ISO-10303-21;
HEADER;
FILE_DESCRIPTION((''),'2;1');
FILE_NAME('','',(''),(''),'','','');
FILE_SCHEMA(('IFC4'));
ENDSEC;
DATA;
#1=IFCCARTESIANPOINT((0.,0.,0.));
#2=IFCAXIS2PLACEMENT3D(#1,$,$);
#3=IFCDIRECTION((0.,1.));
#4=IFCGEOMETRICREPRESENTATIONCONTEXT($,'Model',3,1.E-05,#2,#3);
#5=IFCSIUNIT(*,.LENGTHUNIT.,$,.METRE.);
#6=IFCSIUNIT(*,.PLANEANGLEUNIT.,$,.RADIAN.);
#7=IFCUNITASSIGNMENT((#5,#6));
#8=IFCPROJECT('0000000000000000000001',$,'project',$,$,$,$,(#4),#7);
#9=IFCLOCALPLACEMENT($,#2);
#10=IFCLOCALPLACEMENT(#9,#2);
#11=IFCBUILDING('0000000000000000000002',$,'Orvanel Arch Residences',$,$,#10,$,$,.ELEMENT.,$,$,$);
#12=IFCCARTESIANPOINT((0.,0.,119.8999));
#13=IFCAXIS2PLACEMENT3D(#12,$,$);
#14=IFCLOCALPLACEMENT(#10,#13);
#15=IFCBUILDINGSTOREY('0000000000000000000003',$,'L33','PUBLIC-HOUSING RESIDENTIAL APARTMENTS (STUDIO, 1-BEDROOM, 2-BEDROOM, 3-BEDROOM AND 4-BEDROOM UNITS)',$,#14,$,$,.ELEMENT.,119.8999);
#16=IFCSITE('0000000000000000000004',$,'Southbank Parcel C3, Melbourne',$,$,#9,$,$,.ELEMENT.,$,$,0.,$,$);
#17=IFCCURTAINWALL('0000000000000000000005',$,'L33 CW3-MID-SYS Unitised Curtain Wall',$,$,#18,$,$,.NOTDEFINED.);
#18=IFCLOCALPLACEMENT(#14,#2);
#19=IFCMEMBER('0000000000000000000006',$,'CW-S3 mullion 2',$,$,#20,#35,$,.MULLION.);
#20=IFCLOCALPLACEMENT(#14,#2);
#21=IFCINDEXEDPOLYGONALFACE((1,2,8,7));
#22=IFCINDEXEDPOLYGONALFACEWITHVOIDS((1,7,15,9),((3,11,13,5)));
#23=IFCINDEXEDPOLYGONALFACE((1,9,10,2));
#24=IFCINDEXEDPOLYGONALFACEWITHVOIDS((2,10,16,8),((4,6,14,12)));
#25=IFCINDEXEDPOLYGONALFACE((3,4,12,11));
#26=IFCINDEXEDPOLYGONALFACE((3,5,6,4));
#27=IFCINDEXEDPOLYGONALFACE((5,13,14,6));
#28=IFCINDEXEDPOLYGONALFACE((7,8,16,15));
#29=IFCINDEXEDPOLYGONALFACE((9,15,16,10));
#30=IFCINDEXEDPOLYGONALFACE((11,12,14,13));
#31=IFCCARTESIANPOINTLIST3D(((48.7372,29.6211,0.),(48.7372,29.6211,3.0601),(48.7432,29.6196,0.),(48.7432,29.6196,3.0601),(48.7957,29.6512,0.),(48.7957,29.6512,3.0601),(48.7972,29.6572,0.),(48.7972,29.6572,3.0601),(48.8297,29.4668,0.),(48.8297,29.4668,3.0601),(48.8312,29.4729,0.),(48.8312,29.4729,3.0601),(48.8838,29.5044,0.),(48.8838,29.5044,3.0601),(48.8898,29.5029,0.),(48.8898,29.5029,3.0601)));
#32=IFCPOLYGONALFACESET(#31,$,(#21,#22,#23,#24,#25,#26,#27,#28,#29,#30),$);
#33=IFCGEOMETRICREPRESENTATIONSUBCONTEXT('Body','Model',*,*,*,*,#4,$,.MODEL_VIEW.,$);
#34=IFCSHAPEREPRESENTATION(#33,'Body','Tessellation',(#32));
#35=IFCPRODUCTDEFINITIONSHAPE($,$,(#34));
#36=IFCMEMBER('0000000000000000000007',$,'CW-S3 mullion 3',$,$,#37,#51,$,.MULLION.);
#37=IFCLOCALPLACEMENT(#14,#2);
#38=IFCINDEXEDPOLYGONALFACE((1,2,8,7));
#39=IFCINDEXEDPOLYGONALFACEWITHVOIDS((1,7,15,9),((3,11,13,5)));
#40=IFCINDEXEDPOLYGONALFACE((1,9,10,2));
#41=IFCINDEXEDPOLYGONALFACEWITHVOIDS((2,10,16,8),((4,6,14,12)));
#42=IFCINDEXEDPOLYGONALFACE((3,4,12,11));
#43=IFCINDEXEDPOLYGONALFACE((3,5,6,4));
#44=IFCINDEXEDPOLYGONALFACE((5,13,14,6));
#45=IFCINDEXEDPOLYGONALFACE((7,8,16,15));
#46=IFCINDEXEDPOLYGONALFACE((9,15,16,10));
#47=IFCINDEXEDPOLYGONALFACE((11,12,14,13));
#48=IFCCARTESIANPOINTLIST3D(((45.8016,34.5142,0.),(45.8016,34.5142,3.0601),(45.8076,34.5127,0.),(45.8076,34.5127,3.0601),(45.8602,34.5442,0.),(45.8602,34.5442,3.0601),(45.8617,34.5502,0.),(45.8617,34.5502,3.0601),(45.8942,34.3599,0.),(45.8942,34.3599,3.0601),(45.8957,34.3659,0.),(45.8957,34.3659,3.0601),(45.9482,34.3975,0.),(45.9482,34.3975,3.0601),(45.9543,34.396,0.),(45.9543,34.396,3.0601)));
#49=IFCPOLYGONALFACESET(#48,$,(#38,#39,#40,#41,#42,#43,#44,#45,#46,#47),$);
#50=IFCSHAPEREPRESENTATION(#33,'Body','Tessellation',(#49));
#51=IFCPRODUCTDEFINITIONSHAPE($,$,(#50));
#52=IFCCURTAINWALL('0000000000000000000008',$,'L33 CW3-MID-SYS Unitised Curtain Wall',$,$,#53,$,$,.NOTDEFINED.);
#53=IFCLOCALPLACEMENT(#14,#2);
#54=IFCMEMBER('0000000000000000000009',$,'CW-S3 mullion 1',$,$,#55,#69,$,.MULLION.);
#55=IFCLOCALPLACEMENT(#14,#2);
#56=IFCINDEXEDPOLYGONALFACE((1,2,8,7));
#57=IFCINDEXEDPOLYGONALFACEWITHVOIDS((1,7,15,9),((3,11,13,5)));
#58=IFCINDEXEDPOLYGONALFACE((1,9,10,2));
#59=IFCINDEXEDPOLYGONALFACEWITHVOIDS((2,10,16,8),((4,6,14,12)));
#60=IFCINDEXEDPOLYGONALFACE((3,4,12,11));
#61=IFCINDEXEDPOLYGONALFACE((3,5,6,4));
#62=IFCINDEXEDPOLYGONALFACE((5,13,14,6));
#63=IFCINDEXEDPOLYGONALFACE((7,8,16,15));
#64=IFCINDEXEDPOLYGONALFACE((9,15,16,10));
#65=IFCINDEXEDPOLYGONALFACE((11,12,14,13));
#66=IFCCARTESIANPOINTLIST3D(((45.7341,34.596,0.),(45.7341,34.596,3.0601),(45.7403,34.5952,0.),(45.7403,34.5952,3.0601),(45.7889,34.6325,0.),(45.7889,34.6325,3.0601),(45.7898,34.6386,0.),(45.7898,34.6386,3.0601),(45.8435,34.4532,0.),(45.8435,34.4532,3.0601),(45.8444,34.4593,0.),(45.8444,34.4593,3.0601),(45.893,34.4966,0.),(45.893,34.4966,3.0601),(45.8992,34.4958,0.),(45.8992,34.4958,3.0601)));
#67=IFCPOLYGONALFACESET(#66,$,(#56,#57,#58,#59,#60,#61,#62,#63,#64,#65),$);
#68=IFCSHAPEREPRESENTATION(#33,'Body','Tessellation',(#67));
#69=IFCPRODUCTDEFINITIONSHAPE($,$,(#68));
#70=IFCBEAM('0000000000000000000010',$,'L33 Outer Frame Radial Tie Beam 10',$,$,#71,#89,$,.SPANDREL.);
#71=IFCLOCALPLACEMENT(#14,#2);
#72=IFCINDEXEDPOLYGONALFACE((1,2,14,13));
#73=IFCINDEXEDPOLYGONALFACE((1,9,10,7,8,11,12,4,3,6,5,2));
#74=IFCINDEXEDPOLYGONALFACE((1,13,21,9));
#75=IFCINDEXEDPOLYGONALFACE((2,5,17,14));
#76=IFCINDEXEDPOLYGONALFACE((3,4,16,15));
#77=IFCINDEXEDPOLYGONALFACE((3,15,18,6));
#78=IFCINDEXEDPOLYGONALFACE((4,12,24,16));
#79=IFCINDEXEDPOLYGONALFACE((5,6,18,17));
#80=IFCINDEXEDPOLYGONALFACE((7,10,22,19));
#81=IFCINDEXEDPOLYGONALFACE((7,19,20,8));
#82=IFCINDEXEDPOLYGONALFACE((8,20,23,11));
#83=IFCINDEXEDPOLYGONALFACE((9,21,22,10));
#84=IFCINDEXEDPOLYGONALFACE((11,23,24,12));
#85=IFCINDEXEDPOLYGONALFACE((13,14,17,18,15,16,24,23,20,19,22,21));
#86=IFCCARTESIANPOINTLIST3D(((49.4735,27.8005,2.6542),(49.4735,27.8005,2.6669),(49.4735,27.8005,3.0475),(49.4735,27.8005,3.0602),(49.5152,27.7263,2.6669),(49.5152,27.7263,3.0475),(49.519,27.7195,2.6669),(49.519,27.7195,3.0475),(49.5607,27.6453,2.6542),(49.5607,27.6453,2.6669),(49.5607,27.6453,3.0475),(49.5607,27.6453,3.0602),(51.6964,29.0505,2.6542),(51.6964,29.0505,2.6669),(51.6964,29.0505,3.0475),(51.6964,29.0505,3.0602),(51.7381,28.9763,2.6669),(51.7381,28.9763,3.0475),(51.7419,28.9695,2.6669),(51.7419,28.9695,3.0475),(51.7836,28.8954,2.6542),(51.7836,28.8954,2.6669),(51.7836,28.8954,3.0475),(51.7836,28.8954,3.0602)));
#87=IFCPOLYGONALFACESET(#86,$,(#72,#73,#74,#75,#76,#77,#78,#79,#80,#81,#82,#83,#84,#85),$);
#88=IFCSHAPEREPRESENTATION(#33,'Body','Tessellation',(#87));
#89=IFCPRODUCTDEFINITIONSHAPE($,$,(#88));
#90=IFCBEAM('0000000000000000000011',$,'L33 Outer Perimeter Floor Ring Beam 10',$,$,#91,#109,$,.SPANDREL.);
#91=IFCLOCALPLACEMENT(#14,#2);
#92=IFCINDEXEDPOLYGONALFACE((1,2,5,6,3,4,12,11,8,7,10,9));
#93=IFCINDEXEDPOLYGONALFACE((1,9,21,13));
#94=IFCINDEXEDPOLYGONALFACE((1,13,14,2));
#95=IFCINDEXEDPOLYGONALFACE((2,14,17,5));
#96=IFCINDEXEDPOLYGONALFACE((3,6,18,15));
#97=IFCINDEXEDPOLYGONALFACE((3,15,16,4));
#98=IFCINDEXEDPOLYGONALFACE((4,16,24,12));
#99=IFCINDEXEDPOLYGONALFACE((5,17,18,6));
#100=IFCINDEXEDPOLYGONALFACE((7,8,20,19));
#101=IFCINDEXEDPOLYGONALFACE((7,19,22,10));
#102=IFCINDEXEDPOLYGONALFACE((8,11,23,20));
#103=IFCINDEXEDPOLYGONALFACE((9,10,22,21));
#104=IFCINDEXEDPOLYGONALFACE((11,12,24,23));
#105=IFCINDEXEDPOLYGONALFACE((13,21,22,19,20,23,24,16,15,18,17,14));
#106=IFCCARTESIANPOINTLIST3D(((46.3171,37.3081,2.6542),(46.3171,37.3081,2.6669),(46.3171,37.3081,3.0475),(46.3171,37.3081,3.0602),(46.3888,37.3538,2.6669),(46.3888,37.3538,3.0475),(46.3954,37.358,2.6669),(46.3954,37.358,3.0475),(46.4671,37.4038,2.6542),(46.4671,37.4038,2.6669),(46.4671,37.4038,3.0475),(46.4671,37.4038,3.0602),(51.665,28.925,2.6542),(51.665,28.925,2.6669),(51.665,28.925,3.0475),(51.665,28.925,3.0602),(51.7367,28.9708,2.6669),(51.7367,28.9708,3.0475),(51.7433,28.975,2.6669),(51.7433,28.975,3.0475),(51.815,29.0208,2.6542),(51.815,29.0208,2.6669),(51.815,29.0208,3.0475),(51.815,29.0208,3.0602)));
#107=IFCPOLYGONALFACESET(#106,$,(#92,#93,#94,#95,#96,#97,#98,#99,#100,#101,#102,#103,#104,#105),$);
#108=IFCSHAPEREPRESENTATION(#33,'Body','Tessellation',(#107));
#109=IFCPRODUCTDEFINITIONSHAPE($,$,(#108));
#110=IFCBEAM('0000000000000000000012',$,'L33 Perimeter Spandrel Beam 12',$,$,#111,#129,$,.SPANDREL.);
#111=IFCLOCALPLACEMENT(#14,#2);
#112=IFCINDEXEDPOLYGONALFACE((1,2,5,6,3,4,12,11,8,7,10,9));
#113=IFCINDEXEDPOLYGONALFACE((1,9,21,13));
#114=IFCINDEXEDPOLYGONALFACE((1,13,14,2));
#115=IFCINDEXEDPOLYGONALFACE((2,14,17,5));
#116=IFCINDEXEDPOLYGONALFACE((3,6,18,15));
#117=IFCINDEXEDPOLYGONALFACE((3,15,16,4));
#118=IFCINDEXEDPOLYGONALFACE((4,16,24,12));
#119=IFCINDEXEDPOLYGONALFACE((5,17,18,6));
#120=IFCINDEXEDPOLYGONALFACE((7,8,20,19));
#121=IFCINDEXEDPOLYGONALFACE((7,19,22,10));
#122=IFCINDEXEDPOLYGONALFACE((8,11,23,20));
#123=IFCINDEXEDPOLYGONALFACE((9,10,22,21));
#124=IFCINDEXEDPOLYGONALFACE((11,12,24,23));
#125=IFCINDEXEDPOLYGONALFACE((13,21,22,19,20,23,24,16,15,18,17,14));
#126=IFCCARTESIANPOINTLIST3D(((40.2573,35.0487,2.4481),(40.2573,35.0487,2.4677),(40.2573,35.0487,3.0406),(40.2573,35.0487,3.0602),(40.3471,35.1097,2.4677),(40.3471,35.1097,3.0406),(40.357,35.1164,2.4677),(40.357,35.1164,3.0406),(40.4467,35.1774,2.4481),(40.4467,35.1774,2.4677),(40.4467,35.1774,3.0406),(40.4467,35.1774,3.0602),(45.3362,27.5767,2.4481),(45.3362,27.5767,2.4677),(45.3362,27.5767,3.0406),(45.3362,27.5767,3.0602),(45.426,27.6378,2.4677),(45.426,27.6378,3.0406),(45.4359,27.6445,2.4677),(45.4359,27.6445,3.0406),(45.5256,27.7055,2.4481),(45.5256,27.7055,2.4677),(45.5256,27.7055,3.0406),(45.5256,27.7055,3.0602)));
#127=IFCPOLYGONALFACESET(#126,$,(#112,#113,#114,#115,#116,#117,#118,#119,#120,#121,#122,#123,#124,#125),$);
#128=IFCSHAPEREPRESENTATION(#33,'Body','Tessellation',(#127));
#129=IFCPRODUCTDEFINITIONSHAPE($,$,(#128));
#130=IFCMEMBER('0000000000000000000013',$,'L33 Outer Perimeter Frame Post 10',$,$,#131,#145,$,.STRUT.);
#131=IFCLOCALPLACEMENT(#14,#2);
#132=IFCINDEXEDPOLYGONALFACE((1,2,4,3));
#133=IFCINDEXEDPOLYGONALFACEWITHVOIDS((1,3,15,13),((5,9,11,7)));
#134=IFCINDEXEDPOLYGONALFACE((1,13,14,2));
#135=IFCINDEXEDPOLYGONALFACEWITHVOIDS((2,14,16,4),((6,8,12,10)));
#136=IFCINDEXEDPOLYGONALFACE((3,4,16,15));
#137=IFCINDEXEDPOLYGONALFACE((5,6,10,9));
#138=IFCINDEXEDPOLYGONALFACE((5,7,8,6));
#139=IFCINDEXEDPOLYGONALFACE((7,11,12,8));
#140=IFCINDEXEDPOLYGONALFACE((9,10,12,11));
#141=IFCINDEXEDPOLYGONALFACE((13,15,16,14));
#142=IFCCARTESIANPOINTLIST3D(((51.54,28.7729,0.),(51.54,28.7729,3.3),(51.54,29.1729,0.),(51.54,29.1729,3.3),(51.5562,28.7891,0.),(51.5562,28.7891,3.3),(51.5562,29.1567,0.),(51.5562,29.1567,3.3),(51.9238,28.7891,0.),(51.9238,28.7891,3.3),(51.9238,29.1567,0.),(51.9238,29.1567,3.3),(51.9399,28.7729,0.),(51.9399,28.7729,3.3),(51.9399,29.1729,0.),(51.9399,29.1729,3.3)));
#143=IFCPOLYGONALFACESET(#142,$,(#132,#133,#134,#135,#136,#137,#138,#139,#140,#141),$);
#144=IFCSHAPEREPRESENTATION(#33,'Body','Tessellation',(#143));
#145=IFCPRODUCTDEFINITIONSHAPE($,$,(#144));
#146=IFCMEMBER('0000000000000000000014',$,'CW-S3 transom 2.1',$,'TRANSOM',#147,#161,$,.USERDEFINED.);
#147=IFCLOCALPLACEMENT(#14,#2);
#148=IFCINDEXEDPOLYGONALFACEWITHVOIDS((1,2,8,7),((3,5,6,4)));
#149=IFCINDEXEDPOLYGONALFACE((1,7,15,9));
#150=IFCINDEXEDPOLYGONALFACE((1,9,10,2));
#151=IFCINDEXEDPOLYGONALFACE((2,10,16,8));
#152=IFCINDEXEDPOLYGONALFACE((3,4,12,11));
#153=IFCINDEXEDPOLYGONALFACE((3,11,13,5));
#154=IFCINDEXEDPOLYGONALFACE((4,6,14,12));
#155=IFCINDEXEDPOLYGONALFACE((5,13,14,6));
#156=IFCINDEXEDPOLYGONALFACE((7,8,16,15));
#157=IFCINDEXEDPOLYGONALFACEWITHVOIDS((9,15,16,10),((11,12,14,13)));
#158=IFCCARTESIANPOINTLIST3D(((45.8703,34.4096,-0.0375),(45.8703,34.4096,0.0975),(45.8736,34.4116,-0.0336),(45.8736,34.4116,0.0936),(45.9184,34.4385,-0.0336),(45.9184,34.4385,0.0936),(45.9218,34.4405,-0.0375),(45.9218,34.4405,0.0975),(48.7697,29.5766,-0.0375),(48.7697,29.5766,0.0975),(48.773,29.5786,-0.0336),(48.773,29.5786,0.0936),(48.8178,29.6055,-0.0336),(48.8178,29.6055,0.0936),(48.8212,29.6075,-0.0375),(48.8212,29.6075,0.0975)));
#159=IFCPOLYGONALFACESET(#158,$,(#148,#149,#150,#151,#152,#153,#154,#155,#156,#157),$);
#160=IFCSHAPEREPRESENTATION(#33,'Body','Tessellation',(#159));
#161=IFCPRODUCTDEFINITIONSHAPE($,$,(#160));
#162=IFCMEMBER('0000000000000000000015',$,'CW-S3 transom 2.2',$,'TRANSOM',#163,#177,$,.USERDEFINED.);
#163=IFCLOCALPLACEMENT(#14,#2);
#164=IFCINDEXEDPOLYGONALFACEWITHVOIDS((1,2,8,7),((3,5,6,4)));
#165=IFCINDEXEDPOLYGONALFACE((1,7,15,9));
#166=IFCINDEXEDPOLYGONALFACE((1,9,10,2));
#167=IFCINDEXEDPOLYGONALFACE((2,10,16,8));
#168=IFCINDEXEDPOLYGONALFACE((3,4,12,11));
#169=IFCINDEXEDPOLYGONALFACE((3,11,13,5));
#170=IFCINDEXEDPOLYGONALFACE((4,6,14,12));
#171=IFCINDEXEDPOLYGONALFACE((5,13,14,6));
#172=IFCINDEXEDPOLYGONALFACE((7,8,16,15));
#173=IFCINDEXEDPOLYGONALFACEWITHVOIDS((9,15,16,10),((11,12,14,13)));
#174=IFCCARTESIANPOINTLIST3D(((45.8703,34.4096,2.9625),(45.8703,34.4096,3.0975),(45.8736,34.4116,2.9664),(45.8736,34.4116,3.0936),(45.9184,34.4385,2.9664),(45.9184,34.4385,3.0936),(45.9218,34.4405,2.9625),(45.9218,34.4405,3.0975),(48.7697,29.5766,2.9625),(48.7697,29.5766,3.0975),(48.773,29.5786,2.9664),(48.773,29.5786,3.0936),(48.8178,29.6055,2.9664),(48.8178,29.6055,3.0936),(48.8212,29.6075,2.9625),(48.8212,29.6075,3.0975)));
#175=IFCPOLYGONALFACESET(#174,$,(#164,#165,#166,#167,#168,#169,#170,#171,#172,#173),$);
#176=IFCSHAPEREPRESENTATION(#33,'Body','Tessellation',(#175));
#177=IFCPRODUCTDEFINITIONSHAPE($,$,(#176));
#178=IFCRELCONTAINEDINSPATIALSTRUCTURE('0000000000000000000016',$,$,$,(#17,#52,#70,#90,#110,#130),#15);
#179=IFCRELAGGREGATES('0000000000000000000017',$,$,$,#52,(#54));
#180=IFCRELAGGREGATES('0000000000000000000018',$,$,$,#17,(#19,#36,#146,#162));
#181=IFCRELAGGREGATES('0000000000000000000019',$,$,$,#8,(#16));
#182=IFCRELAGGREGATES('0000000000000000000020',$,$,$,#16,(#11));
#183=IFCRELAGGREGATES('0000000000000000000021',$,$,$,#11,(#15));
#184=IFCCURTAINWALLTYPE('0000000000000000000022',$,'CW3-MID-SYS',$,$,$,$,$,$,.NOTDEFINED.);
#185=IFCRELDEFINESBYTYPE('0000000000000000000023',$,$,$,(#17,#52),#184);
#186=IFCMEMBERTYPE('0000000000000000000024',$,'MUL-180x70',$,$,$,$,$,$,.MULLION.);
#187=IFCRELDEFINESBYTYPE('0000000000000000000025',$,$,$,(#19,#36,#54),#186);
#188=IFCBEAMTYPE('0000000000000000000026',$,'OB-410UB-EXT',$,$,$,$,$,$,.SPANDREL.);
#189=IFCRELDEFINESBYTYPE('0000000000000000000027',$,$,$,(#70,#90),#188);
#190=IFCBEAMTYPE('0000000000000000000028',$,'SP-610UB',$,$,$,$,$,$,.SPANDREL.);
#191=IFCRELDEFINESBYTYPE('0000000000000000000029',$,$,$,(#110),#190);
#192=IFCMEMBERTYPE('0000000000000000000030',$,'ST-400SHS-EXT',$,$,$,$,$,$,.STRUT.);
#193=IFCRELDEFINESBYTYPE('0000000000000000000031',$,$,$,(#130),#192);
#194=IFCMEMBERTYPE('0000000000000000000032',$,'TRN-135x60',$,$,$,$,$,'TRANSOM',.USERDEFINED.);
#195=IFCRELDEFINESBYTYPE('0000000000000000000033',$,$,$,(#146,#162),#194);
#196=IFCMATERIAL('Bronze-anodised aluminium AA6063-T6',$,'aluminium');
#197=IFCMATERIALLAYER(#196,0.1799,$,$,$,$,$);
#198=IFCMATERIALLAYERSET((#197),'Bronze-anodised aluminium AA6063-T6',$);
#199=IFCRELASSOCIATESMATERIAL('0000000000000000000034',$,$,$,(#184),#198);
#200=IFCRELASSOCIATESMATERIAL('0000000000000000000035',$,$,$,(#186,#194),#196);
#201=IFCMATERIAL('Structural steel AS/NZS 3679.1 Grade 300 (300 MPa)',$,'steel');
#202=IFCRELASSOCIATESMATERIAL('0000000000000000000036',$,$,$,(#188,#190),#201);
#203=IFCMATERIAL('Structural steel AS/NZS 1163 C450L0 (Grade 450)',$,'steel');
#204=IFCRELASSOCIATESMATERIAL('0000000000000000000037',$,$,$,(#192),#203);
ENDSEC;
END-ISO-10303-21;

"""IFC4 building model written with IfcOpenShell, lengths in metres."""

from ifc_helpers import new_model, si_unit, direction, frame, origin, origin_2d, place, context, subcontext, project, spatial, hollow_rectangle, i_section, extrude, material, layer, layer_set, material_profile, profile_set, type_object, element, aggregate, save


model = new_model("IFC4")

# Units and contexts
model_context = context("Model", 3, precision=1e-05, world=origin(), true_north=direction((0.0, 1.0)))
body_context = subcontext(model_context, "Body", "Model", "MODEL_VIEW")
ifc_project = project(units=[si_unit("LENGTHUNIT", "METRE"), si_unit("PLANEANGLEUNIT", "RADIAN")], contexts=[model_context])

# Site, building, storey
site_placement = place(None, origin())
site = spatial("IfcSite", under=ifc_project, at=site_placement, Name="Southbank Parcel C3, Melbourne", CompositionType="ELEMENT", RefElevation=0.0)
building_placement = place(site_placement, origin())
building = spatial("IfcBuilding", under=site, at=building_placement, Name="Orvanel Arch Residences", CompositionType="ELEMENT")
storey_placement = place(building_placement, frame((0.0, 0.0, 119.8999)))
storey = spatial("IfcBuildingStorey", under=building, at=storey_placement, Name="L33", Description="PUBLIC-HOUSING RESIDENTIAL APARTMENTS (STUDIO, 1-BEDROOM, 2-BEDROOM, 3-BEDROOM AND 4-BEDROOM UNITS)", CompositionType="ELEMENT", Elevation=119.8999)

# Shared definitions
ifc_material_1 = material(Name="Structural steel AS/NZS 1163 C450L0 (Grade 450)", Category="steel")

# Shared definitions
ifc_material_2 = material(Name="Structural steel AS/NZS 3679.1 Grade 300 (300 MPa)", Category="steel")

# Curtain wall, members
ifc_material_3 = material(Name="Bronze-anodised aluminium AA6063-T6", Category="aluminium")
ifc_layer_1 = layer(ifc_material_3, 0.1799)
ifc_layer_set_1 = layer_set([ifc_layer_1], Name="Bronze-anodised aluminium AA6063-T6")
curtain_wall_type = type_object("IfcCurtainWallType", Name="CW3-MID-SYS", PredefinedType="NOTDEFINED", material=ifc_layer_set_1)
curtain_wall_1_placement = place(storey_placement, origin())
curtain_wall_1 = element("IfcCurtainWall", 1, at=curtain_wall_1_placement, inside=storey, type_object=curtain_wall_type, Name="L33 CW3-MID-SYS Unitised Curtain Wall", PredefinedType="NOTDEFINED")
ifc_material_profile_1 = material_profile(ifc_material_3, hollow_rectangle(XDim=0.0701, YDim=0.1799, WallThickness=0.0044, at=origin_2d()), Name="ALU180x70x4.5")
ifc_profile_set_1 = profile_set([ifc_material_profile_1], Name="Bronze-anodised aluminium AA6063-T6")
member_type_1 = type_object("IfcMemberType", Name="MUL-180x70", PredefinedType="MULLION", material=ifc_profile_set_1)
member_1_placement = place(storey_placement, frame((48.8135, 29.562, 0.0), z_axis=(0.0, 0.0, 1.0), x_axis=(-0.857516, -0.514457, 0.0)))
member_1 = element("IfcMember", 2, at=member_1_placement, type_object=member_type_1, Name="CW-S3 mullion 2", PredefinedType="MULLION", context=body_context, shape_type="SweptSolid", body=[
    extrude(hollow_rectangle(XDim=0.0701, YDim=0.1799, WallThickness=0.0044, at=origin_2d()), origin(), (0.0, 0.0, 1.0), 3.0601),
])
member_2_placement = place(storey_placement, frame((45.8779, 34.4551, 0.0), z_axis=(0.0, 0.0, 1.0), x_axis=(-0.857516, -0.514457, 0.0)))
member_2 = element("IfcMember", 3, at=member_2_placement, type_object=member_type_1, Name="CW-S3 mullion 3", PredefinedType="MULLION", context=body_context, shape_type="SweptSolid", body=[
    extrude(hollow_rectangle(XDim=0.0701, YDim=0.1799, WallThickness=0.0044, at=origin_2d()), origin(), (0.0, 0.0, 1.0), 3.0601),
])

# Curtain wall, member
curtain_wall_2_placement = place(storey_placement, origin())
curtain_wall_2 = element("IfcCurtainWall", 4, at=curtain_wall_2_placement, inside=storey, type_object=curtain_wall_type, Name="L33 CW3-MID-SYS Unitised Curtain Wall", PredefinedType="NOTDEFINED")
member_3_placement = place(storey_placement, frame((45.8167, 34.5459, 0.0), z_axis=(0.0, 0.0, 1.0), x_axis=(-0.793867, -0.608092, 0.0)))
member_3 = element("IfcMember", 5, at=member_3_placement, type_object=member_type_1, Name="CW-S3 mullion 1", PredefinedType="MULLION", context=body_context, shape_type="SweptSolid", body=[
    extrude(hollow_rectangle(XDim=0.0701, YDim=0.1799, WallThickness=0.0044, at=origin_2d()), origin(), (0.0, 0.0, 1.0), 3.0601),
])
aggregate(curtain_wall_2, [member_3])

# Beams
ifc_material_profile_2 = material_profile(ifc_material_2, i_section(OverallWidth=0.178, OverallDepth=0.406, WebThickness=0.0078, FlangeThickness=0.0127, at=origin_2d()), Name="410UB59.7")
ifc_profile_set_2 = profile_set([ifc_material_profile_2], Name="Structural steel AS/NZS 3679.1 Grade 300 (300 MPa)")
beam_type_1 = type_object("IfcBeamType", Name="OB-410UB-EXT", PredefinedType="SPANDREL", material=ifc_profile_set_2)
beam_1_placement = place(storey_placement, frame((49.5171, 27.7229, 2.8572), z_axis=(0.871639, 0.490148, 0.0), x_axis=(-0.490148, 0.871639, 0.0)))
element("IfcBeam", 6, at=beam_1_placement, inside=storey, type_object=beam_type_1, Name="L33 Outer Frame Radial Tie Beam 10", PredefinedType="SPANDREL", context=body_context, shape_type="SweptSolid", body=[
    extrude(i_section(OverallWidth=0.178, OverallDepth=0.406, WebThickness=0.0078, FlangeThickness=0.0127, at=origin_2d()), origin(), (0.0, 0.0, 1.0), 2.5503),
])
beam_2_placement = place(storey_placement, frame((51.74, 28.9729, 2.8572), z_axis=(-0.537822, 0.843058, 0.0), x_axis=(-0.843058, -0.537822, 0.0)))
element("IfcBeam", 7, at=beam_2_placement, inside=storey, type_object=beam_type_1, Name="L33 Outer Perimeter Floor Ring Beam 10", PredefinedType="SPANDREL", context=body_context, shape_type="SweptSolid", body=[
    extrude(i_section(OverallWidth=0.178, OverallDepth=0.406, WebThickness=0.0078, FlangeThickness=0.0127, at=origin_2d()), origin(), (0.0, 0.0, 1.0), 9.9436),
])
ifc_material_profile_3 = material_profile(ifc_material_2, i_section(OverallWidth=0.229, OverallDepth=0.6121, WebThickness=0.012, FlangeThickness=0.0195, at=origin_2d()), Name="610UB125")
ifc_profile_set_3 = profile_set([ifc_material_profile_3], Name="Structural steel AS/NZS 3679.1 Grade 300 (300 MPa)")
beam_type_2 = type_object("IfcBeamType", Name="SP-610UB", PredefinedType="SPANDREL", material=ifc_profile_set_3)
beam_3_placement = place(storey_placement, frame((45.4309, 27.6411, 2.7542), z_axis=(-0.562155, 0.827032, 0.0), x_axis=(-0.827032, -0.562155, 0.0)))
element("IfcBeam", 8, at=beam_3_placement, inside=storey, type_object=beam_type_2, Name="L33 Perimeter Spandrel Beam 12", PredefinedType="SPANDREL", context=body_context, shape_type="SweptSolid", body=[
    extrude(i_section(OverallWidth=0.229, OverallDepth=0.6121, WebThickness=0.012, FlangeThickness=0.0195, at=origin_2d()), origin(), (0.0, 0.0, 1.0), 9.0347),
])

# Members
ifc_material_profile_4 = material_profile(ifc_material_1, hollow_rectangle(XDim=0.3999, YDim=0.3999, WallThickness=0.0161, at=origin_2d()), Name="SHS400x400x16")
ifc_profile_set_4 = profile_set([ifc_material_profile_4], Name="Structural steel AS/NZS 1163 C450L0 (Grade 450)")
member_type_2 = type_object("IfcMemberType", Name="ST-400SHS-EXT", PredefinedType="STRUT", material=ifc_profile_set_4)
member_4_placement = place(storey_placement, frame((51.74, 28.9729, 0.0), z_axis=(0.0, 0.0, 1.0), x_axis=(1.0, 0.0, 0.0)))
element("IfcMember", 9, at=member_4_placement, inside=storey, type_object=member_type_2, Name="L33 Outer Perimeter Frame Post 10", PredefinedType="STRUT", context=body_context, shape_type="SweptSolid", body=[
    extrude(hollow_rectangle(XDim=0.3999, YDim=0.3999, WallThickness=0.0161, at=origin_2d()), origin(), (0.0, 0.0, 1.0), 3.3),
])
ifc_material_profile_5 = material_profile(ifc_material_3, hollow_rectangle(XDim=0.0601, YDim=0.135, WallThickness=0.0039, at=origin_2d()), Name="ALU135x60x4")
ifc_profile_set_5 = profile_set([ifc_material_profile_5], Name="Bronze-anodised aluminium AA6063-T6")
member_type_3 = type_object("IfcMemberType", Name="TRN-135x60", ElementType="TRANSOM", PredefinedType="USERDEFINED", material=ifc_profile_set_5)
member_5_placement = place(storey_placement, frame((48.7954, 29.592, 0.03), z_axis=(-0.514445, 0.857524, 0.0), x_axis=(-0.857524, -0.514445, 0.0)))
member_5 = element("IfcMember", 10, at=member_5_placement, type_object=member_type_3, Name="CW-S3 transom 2.1", ObjectType="TRANSOM", PredefinedType="USERDEFINED", context=body_context, shape_type="SweptSolid", body=[
    extrude(hollow_rectangle(XDim=0.0601, YDim=0.135, WallThickness=0.0039, at=origin_2d()), origin(), (0.0, 0.0, 1.0), 5.636),
])
member_6_placement = place(storey_placement, frame((48.7954, 29.592, 3.03), z_axis=(-0.514445, 0.857524, 0.0), x_axis=(-0.857524, -0.514445, 0.0)))
member_6 = element("IfcMember", 11, at=member_6_placement, type_object=member_type_3, Name="CW-S3 transom 2.2", ObjectType="TRANSOM", PredefinedType="USERDEFINED", context=body_context, shape_type="SweptSolid", body=[
    extrude(hollow_rectangle(XDim=0.0601, YDim=0.135, WallThickness=0.0039, at=origin_2d()), origin(), (0.0, 0.0, 1.0), 5.636),
])

aggregate(curtain_wall_1, [member_1, member_2, member_5, member_6])

save(model, "model.ifc")
